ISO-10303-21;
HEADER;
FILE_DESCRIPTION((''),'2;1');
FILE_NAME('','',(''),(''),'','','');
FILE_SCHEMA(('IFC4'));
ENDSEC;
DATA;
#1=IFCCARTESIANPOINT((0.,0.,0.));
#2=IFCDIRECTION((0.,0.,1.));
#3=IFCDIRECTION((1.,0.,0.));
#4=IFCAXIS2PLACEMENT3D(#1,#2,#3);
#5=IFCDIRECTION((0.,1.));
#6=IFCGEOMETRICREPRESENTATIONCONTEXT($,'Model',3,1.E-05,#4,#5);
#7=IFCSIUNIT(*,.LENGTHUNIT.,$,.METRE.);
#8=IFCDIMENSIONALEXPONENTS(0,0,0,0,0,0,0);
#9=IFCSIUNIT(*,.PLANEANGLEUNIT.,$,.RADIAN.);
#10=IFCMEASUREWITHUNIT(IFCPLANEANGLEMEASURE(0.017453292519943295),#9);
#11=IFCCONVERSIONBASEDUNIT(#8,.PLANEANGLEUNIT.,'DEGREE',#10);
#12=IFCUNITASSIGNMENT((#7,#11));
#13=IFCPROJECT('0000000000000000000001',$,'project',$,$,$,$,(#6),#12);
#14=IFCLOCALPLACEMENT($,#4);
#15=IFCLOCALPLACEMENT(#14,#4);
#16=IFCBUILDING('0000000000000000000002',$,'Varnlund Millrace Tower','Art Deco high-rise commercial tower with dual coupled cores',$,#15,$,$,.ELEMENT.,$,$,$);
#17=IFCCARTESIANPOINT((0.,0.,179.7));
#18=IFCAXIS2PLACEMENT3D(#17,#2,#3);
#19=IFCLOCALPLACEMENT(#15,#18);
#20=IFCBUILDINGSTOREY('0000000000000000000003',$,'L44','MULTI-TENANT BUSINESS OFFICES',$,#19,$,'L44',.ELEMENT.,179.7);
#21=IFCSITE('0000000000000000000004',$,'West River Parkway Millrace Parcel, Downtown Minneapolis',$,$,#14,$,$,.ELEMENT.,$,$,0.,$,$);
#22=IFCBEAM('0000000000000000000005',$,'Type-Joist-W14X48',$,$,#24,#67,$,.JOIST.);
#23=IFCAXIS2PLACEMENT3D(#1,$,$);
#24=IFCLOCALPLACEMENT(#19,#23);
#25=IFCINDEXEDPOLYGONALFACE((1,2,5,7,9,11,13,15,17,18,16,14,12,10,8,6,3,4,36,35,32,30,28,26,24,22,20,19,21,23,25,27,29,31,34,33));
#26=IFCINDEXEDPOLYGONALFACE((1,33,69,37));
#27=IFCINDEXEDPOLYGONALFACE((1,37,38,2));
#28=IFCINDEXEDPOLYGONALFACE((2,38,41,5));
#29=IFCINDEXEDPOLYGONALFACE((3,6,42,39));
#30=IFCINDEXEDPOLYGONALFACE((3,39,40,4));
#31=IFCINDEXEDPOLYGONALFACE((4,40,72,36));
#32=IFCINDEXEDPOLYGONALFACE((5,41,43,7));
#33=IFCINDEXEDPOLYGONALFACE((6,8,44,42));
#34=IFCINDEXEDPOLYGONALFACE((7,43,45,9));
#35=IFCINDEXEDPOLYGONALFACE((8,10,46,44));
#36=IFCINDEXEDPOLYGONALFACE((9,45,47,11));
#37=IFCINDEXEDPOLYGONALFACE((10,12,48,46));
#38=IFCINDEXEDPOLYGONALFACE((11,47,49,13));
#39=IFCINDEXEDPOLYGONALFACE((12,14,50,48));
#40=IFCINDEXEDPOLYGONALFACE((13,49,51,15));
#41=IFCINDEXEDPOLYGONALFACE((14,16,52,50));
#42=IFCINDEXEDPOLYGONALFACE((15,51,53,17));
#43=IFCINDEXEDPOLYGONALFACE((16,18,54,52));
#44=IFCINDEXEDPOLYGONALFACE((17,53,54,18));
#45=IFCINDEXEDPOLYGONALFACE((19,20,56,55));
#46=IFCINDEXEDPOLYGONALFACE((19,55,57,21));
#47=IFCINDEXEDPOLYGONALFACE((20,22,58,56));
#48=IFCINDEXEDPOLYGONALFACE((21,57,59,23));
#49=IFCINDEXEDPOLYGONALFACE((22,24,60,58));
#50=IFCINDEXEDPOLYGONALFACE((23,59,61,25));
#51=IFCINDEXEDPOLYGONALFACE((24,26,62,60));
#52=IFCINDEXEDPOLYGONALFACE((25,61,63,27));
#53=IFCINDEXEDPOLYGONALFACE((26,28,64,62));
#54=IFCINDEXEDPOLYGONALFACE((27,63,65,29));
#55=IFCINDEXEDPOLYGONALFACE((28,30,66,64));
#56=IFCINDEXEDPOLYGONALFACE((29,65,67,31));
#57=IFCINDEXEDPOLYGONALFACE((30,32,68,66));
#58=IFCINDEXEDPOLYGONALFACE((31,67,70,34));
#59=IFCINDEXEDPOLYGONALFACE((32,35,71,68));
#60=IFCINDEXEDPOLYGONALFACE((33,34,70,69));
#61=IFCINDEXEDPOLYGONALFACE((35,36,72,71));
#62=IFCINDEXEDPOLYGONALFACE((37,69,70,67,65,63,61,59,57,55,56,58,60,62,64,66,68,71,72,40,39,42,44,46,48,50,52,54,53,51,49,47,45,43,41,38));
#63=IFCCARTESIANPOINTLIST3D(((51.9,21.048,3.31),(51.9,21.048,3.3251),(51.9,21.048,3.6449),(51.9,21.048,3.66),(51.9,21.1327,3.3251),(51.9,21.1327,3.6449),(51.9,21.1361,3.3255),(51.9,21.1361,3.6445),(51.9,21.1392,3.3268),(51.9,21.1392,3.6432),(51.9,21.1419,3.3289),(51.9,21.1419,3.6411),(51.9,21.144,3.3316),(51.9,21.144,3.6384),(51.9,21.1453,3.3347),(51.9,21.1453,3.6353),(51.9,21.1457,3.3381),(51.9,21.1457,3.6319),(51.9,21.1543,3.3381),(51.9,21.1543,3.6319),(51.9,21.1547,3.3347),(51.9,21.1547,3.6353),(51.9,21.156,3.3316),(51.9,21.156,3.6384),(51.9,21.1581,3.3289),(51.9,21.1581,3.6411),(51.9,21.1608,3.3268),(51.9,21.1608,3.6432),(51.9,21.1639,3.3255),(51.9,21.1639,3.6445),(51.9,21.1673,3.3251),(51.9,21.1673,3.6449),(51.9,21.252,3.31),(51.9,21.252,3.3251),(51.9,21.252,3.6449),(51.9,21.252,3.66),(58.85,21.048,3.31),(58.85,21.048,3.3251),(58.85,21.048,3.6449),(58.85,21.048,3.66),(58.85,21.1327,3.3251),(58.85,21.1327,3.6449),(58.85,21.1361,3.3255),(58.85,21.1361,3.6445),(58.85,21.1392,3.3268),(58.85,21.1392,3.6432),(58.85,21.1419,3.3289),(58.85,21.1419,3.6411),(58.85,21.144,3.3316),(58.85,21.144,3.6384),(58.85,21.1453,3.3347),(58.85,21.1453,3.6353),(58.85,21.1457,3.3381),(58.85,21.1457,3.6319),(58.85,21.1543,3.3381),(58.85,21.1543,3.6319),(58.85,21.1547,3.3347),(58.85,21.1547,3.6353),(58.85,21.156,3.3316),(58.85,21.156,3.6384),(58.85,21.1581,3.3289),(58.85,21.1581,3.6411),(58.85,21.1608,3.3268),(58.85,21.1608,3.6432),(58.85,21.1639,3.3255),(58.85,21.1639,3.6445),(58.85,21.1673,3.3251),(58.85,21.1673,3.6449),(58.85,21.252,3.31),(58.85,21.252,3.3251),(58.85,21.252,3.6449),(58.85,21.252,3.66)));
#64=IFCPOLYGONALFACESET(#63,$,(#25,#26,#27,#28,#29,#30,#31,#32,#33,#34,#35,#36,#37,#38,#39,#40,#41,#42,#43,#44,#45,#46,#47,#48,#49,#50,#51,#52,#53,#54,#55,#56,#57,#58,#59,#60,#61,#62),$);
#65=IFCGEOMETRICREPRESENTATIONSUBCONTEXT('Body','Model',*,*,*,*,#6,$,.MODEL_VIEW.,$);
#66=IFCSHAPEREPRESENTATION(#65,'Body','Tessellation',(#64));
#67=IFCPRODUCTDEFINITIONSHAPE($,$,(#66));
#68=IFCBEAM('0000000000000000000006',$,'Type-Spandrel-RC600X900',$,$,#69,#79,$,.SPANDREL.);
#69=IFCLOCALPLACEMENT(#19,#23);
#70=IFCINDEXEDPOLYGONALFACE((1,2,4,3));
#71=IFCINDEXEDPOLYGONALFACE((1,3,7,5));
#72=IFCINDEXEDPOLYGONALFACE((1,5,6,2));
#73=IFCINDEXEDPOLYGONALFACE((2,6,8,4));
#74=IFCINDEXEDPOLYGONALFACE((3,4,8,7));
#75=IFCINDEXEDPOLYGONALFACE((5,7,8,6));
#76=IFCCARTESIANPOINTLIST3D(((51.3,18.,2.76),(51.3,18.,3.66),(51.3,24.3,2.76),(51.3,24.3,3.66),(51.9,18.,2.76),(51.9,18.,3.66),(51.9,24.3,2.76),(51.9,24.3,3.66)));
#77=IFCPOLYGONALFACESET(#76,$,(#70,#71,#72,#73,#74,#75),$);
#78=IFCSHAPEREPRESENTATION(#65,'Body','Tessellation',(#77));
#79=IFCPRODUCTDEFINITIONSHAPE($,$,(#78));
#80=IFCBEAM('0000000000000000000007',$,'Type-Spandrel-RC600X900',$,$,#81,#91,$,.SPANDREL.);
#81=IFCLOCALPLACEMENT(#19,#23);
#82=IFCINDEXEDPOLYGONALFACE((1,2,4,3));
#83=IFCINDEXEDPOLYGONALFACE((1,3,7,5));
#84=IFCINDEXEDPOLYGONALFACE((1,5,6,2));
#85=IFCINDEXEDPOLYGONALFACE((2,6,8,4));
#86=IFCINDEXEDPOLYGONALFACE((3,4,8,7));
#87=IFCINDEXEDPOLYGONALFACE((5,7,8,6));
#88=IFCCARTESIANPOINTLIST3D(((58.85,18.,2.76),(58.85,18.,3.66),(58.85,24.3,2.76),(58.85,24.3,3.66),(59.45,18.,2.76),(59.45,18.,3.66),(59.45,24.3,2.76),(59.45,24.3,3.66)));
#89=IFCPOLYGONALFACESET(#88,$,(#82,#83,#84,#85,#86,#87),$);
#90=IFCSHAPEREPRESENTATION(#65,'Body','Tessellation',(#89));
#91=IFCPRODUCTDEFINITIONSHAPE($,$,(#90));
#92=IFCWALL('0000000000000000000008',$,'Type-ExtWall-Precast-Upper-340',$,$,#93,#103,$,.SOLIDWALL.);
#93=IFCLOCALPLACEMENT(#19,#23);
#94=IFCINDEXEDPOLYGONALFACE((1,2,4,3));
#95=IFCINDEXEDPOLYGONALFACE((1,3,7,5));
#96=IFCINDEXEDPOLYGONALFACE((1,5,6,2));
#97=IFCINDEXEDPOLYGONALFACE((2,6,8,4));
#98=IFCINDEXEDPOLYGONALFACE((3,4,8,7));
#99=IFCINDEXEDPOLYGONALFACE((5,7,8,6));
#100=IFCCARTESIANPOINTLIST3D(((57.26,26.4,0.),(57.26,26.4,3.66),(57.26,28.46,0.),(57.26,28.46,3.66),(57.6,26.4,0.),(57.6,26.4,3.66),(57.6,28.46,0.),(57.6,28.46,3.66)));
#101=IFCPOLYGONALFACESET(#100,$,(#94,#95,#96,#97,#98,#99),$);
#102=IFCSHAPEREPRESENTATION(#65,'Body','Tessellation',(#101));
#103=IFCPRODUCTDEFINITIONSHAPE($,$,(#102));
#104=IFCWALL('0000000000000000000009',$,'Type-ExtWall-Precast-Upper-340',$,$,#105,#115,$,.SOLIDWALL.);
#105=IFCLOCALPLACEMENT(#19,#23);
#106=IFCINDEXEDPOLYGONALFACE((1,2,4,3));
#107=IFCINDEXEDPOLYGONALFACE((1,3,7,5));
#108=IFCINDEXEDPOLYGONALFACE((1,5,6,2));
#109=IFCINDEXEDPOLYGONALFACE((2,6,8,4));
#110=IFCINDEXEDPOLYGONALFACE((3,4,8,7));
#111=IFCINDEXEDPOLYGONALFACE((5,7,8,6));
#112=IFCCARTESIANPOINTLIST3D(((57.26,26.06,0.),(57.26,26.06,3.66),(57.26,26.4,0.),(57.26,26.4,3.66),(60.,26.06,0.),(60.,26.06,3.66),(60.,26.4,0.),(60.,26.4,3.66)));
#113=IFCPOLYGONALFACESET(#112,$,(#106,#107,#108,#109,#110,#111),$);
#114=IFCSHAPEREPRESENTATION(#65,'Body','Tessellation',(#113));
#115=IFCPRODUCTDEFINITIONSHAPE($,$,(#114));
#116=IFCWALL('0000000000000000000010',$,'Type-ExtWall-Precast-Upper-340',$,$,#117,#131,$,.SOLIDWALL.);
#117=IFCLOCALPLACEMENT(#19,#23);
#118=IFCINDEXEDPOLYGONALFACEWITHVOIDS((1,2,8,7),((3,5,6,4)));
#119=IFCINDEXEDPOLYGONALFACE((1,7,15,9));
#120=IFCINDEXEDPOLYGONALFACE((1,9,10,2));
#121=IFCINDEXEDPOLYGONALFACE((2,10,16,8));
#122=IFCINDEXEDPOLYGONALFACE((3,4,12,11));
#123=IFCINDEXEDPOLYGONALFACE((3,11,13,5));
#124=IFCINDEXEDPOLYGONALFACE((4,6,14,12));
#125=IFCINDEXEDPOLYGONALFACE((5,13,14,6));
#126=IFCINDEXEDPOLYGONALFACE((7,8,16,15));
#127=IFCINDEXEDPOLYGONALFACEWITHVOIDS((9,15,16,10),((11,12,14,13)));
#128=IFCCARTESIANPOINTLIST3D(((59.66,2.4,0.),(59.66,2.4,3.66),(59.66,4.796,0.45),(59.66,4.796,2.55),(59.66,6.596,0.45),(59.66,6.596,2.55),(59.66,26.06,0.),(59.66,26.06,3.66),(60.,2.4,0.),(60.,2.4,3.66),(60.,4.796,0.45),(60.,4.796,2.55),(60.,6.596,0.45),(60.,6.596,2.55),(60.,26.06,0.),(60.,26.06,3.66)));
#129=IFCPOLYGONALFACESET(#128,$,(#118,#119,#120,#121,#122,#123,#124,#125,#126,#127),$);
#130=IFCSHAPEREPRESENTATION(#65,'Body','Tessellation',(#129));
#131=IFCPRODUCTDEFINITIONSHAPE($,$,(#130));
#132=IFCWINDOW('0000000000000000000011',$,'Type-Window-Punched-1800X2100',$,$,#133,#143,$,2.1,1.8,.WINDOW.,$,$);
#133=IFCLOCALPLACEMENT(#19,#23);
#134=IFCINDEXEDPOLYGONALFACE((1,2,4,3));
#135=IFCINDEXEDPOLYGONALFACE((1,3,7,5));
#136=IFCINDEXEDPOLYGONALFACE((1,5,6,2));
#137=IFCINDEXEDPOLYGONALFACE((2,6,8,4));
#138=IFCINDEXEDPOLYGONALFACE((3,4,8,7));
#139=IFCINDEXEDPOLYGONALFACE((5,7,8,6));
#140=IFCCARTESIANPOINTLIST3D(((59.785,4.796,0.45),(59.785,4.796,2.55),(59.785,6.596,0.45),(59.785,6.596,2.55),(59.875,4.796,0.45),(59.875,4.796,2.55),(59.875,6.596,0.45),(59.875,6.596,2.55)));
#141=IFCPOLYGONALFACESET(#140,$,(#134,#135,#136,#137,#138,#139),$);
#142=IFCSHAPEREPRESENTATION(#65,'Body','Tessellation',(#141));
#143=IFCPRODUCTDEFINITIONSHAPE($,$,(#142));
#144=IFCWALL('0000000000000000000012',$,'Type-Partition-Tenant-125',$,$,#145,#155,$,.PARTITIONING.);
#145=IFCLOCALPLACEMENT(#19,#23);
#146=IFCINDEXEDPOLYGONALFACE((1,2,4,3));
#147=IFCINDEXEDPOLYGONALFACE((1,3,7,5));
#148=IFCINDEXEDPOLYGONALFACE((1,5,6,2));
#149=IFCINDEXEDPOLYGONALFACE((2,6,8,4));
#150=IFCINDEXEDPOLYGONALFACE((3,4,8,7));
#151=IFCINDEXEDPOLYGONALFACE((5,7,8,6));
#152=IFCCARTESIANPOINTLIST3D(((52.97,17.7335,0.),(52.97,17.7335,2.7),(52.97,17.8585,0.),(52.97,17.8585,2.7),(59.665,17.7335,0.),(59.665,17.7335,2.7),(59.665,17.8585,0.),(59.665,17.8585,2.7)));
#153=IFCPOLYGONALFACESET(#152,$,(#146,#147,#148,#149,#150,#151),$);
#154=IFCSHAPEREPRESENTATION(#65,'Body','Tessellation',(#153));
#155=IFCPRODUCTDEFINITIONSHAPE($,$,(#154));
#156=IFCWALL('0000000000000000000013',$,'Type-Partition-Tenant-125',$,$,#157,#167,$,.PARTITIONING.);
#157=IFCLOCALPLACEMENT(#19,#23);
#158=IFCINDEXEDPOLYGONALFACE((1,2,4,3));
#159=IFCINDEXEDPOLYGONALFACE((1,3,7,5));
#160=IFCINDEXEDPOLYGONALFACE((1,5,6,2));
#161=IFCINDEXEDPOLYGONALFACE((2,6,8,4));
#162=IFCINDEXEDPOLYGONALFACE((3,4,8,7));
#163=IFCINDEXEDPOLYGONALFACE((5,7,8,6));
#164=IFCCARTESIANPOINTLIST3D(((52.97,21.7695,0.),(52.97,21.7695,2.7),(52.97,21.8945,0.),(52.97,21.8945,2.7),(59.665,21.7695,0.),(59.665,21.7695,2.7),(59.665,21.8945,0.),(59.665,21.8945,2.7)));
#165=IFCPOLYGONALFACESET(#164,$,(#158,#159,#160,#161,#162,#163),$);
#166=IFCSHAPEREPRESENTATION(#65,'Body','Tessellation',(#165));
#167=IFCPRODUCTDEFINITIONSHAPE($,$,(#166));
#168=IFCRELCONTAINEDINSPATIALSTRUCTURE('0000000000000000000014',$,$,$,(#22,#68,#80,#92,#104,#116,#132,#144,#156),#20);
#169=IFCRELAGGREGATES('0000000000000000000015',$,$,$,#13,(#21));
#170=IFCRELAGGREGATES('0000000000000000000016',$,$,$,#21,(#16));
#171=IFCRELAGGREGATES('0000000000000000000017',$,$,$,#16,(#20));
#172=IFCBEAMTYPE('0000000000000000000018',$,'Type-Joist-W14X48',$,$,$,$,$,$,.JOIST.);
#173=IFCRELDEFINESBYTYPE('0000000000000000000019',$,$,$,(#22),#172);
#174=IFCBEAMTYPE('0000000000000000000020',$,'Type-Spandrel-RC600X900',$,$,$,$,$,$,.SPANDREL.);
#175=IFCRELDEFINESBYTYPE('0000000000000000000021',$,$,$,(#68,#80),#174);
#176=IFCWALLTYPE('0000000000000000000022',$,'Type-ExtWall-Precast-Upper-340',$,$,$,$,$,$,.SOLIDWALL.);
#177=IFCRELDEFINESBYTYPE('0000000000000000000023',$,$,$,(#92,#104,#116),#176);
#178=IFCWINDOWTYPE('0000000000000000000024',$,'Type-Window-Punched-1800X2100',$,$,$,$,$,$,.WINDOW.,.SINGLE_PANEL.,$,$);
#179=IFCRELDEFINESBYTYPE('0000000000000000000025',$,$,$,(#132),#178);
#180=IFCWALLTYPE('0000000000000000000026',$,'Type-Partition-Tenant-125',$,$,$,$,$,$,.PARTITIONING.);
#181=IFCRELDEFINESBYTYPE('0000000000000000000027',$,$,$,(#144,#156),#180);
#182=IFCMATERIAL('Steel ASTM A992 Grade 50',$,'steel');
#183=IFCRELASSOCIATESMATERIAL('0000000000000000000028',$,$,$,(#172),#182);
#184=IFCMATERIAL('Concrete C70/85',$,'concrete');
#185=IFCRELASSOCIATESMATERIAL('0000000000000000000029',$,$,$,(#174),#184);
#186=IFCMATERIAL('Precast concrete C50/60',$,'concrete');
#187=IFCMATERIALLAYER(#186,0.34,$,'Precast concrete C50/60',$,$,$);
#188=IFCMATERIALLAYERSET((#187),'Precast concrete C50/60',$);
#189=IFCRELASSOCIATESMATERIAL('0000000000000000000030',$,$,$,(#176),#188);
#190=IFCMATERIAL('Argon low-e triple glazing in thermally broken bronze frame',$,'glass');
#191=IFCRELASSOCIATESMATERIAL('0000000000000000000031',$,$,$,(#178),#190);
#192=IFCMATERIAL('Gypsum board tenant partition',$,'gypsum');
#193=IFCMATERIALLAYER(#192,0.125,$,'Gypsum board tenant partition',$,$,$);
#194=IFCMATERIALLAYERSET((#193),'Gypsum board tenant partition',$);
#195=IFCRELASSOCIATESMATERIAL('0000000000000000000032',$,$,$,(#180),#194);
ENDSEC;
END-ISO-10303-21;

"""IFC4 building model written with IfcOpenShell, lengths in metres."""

from ifc_helpers import new_model, entity, si_unit, converted_unit, direction, frame, origin_with_axes, origin_2d_with_axis, place, context, subcontext, project, spatial, polyline, rectangle, i_section, outline, extrude, material, layer, layer_set, material_profile, profile_set, type_object, element, fill, save


model = new_model("IFC4")

# Units and contexts
model_context = context("Model", 3, precision=1e-05, world=origin_with_axes(), true_north=direction((0.0, 1.0)))
body_context = subcontext(model_context, "Body", "Model", "MODEL_VIEW")
ifc_project = project(units=[si_unit("LENGTHUNIT", "METRE"), converted_unit("PLANEANGLEUNIT", "DEGREE", entity("IfcPlaneAngleMeasure", 0.017453292519943295), si_unit("PLANEANGLEUNIT", "RADIAN"), dimensions=[0, 0, 0, 0, 0, 0, 0])], contexts=[model_context])

# Site, building, storey
site_placement = place(None, origin_with_axes())
site = spatial("IfcSite", under=ifc_project, at=site_placement, Name="West River Parkway Millrace Parcel, Downtown Minneapolis", CompositionType="ELEMENT", RefElevation=0.0)
building_placement = place(site_placement, origin_with_axes())
building = spatial("IfcBuilding", under=site, at=building_placement, Name="Varnlund Millrace Tower", Description="Art Deco high-rise commercial tower with dual coupled cores", CompositionType="ELEMENT")
storey_placement = place(building_placement, frame((0.0, 0.0, 179.7), z_axis=(0.0, 0.0, 1.0), x_axis=(1.0, 0.0, 0.0)))
storey = spatial("IfcBuildingStorey", under=building, at=storey_placement, Name="L44", Description="MULTI-TENANT BUSINESS OFFICES", LongName="L44", CompositionType="ELEMENT", Elevation=179.7)

# Beams
ifc_material_1 = material(Name="Steel ASTM A992 Grade 50", Category="steel")
ifc_material_profile_1 = material_profile(ifc_material_1, i_section(OverallWidth=0.204, OverallDepth=0.35, WebThickness=0.0086, FlangeThickness=0.0151, FilletRadius=0.013, at=origin_2d_with_axis()), Name="Steel ASTM A992 Grade 50")
ifc_profile_set_1 = profile_set([ifc_material_profile_1], Name="Steel ASTM A992 Grade 50")
beam_type_1 = type_object("IfcBeamType", Name="Type-Joist-W14X48", PredefinedType="JOIST", material=ifc_profile_set_1)
for number, where, z_axis, x_axis, name in (
    (1, (51.9, 21.15, 3.485), (1.0, 0.0, 0.0), (0.0, 1.0, 0.0), "Type-Joist-W14X48"),
):
    element("IfcBeam", number, at=place(storey_placement, frame(where, z_axis=z_axis, x_axis=x_axis)), inside=storey, type_object=beam_type_1, Name=name, PredefinedType="JOIST", context=body_context, shape_type="SweptSolid", body=[
        extrude(i_section(OverallWidth=0.204, OverallDepth=0.35, WebThickness=0.0086, FlangeThickness=0.0151, FilletRadius=0.013, at=origin_2d_with_axis()), origin_with_axes(), (0.0, 0.0, 1.0), 6.95),
    ])
ifc_material_2 = material(Name="Concrete C70/85", Category="concrete")
ifc_material_profile_2 = material_profile(ifc_material_2, rectangle(XDim=0.6, YDim=0.9, at=origin_2d_with_axis()), Name="Concrete C70/85")
ifc_profile_set_2 = profile_set([ifc_material_profile_2], Name="Concrete C70/85")
beam_type_2 = type_object("IfcBeamType", Name="Type-Spandrel-RC600X900", PredefinedType="SPANDREL", material=ifc_profile_set_2)
for number, where, z_axis, x_axis, name in (
    (2, (51.6, 18.0, 3.21), (0.0, 1.0, 0.0), (-1.0, 0.0, 0.0), "Type-Spandrel-RC600X900"),
    (3, (59.15, 18.0, 3.21), (0.0, 1.0, 0.0), (-1.0, 0.0, 0.0), "Type-Spandrel-RC600X900"),
):
    element("IfcBeam", number, at=place(storey_placement, frame(where, z_axis=z_axis, x_axis=x_axis)), inside=storey, type_object=beam_type_2, Name=name, PredefinedType="SPANDREL", context=body_context, shape_type="SweptSolid", body=[
        extrude(rectangle(XDim=0.6, YDim=0.9, at=origin_2d_with_axis()), origin_with_axes(), (0.0, 0.0, 1.0), 6.3),
    ])

# Walls
ifc_material_3 = material(Name="Precast concrete C50/60", Category="concrete")
ifc_layer_1 = layer(ifc_material_3, 0.34, Name="Precast concrete C50/60")
ifc_layer_set_1 = layer_set([ifc_layer_1], Name="Precast concrete C50/60")
wall_type_1 = type_object("IfcWallType", Name="Type-ExtWall-Precast-Upper-340", PredefinedType="SOLIDWALL", material=ifc_layer_set_1)
wall_1_placement = place(storey_placement, frame((57.43, 28.46, 0.0), z_axis=(0.0, 0.0, 1.0), x_axis=(0.0, -1.0, 0.0)))
element("IfcWall", 4, at=wall_1_placement, inside=storey, type_object=wall_type_1, Name="Type-ExtWall-Precast-Upper-340", PredefinedType="SOLIDWALL", context=body_context, shape_type="SweptSolid", body=[
    extrude(outline(polyline([(0.0, -0.17), (2.06, -0.17), (2.06, 0.17), (0.0, 0.17), (0.0, -0.17)])), origin_with_axes(), (0.0, 0.0, 1.0), 3.66),
])
wall_2_placement = place(storey_placement, frame((57.26, 26.23, 0.0), z_axis=(0.0, 0.0, 1.0), x_axis=(1.0, 0.0, 0.0)))
element("IfcWall", 5, at=wall_2_placement, inside=storey, type_object=wall_type_1, Name="Type-ExtWall-Precast-Upper-340", PredefinedType="SOLIDWALL", context=body_context, shape_type="SweptSolid", body=[
    extrude(outline(polyline([(0.0, -0.17), (2.74, -0.17), (2.74, 0.17), (0.0, 0.17), (0.0, -0.17)])), origin_with_axes(), (0.0, 0.0, 1.0), 3.66),
])

# Wall, opening, window
wall_3_placement = place(storey_placement, frame((59.83, 26.06, 0.0), z_axis=(0.0, 0.0, 1.0), x_axis=(0.0, -1.0, 0.0)))
wall_3 = element("IfcWall", 6, at=wall_3_placement, inside=storey, type_object=wall_type_1, Name="Type-ExtWall-Precast-Upper-340", PredefinedType="SOLIDWALL", context=body_context, shape_type="SweptSolid", body=[
    extrude(outline(polyline([(0.0, -0.17), (23.66, -0.17), (23.66, 0.17), (0.0, 0.17), (0.0, -0.17)])), origin_with_axes(), (0.0, 0.0, 1.0), 3.66),
])
opening_placement = place(wall_3_placement, frame((20.364, 0.0, 0.45), z_axis=(0.0, 0.0, 1.0), x_axis=(1.0, 0.0, 0.0)))
opening = element("IfcOpeningElement", 7, at=opening_placement, cuts=wall_3, PredefinedType="OPENING", context=body_context, shape_type="SweptSolid", body=[
    extrude(rectangle(XDim=1.8, YDim=0.36, at=origin_2d_with_axis()), origin_with_axes(), (0.0, 0.0, 1.0), 2.1),
])
ifc_material_4 = material(Name="Argon low-e triple glazing in thermally broken bronze frame", Category="glass")
window_type = type_object("IfcWindowType", Name="Type-Window-Punched-1800X2100", PartitioningType="SINGLE_PANEL", PredefinedType="WINDOW", material=ifc_material_4)
window_placement = place(wall_3_placement, frame((20.364, 0.0, 0.45), z_axis=(0.0, 0.0, 1.0), x_axis=(1.0, 0.0, 0.0)))
window = element("IfcWindow", 8, at=window_placement, inside=storey, type_object=window_type, Name="Type-Window-Punched-1800X2100", OverallHeight=2.1, OverallWidth=1.8, PredefinedType="WINDOW", context=body_context, shape_type="SweptSolid", body=[
    extrude(rectangle(XDim=1.8, YDim=0.09, at=origin_2d_with_axis()), origin_with_axes(), (0.0, 0.0, 1.0), 2.1),
])
fill(opening, window)

# Walls
ifc_material_5 = material(Name="Gypsum board tenant partition", Category="gypsum")
ifc_layer_2 = layer(ifc_material_5, 0.125, Name="Gypsum board tenant partition")
ifc_layer_set_2 = layer_set([ifc_layer_2], Name="Gypsum board tenant partition")
wall_type_2 = type_object("IfcWallType", Name="Type-Partition-Tenant-125", PredefinedType="PARTITIONING", material=ifc_layer_set_2)
for number, where, z_axis, x_axis, name in (
    (9, (52.97, 17.796, 0.0), (0.0, 0.0, 1.0), (1.0, 0.0, 0.0), "Type-Partition-Tenant-125"),
    (10, (52.97, 21.832, 0.0), (0.0, 0.0, 1.0), (1.0, 0.0, 0.0), "Type-Partition-Tenant-125"),
):
    element("IfcWall", number, at=place(storey_placement, frame(where, z_axis=z_axis, x_axis=x_axis)), inside=storey, type_object=wall_type_2, Name=name, PredefinedType="PARTITIONING", context=body_context, shape_type="SweptSolid", body=[
        extrude(outline(polyline([(0.0, -0.0625), (6.695, -0.0625), (6.695, 0.0625), (0.0, 0.0625), (0.0, -0.0625)])), origin_with_axes(), (0.0, 0.0, 1.0), 2.7),
    ])

save(model, "model.ifc")
